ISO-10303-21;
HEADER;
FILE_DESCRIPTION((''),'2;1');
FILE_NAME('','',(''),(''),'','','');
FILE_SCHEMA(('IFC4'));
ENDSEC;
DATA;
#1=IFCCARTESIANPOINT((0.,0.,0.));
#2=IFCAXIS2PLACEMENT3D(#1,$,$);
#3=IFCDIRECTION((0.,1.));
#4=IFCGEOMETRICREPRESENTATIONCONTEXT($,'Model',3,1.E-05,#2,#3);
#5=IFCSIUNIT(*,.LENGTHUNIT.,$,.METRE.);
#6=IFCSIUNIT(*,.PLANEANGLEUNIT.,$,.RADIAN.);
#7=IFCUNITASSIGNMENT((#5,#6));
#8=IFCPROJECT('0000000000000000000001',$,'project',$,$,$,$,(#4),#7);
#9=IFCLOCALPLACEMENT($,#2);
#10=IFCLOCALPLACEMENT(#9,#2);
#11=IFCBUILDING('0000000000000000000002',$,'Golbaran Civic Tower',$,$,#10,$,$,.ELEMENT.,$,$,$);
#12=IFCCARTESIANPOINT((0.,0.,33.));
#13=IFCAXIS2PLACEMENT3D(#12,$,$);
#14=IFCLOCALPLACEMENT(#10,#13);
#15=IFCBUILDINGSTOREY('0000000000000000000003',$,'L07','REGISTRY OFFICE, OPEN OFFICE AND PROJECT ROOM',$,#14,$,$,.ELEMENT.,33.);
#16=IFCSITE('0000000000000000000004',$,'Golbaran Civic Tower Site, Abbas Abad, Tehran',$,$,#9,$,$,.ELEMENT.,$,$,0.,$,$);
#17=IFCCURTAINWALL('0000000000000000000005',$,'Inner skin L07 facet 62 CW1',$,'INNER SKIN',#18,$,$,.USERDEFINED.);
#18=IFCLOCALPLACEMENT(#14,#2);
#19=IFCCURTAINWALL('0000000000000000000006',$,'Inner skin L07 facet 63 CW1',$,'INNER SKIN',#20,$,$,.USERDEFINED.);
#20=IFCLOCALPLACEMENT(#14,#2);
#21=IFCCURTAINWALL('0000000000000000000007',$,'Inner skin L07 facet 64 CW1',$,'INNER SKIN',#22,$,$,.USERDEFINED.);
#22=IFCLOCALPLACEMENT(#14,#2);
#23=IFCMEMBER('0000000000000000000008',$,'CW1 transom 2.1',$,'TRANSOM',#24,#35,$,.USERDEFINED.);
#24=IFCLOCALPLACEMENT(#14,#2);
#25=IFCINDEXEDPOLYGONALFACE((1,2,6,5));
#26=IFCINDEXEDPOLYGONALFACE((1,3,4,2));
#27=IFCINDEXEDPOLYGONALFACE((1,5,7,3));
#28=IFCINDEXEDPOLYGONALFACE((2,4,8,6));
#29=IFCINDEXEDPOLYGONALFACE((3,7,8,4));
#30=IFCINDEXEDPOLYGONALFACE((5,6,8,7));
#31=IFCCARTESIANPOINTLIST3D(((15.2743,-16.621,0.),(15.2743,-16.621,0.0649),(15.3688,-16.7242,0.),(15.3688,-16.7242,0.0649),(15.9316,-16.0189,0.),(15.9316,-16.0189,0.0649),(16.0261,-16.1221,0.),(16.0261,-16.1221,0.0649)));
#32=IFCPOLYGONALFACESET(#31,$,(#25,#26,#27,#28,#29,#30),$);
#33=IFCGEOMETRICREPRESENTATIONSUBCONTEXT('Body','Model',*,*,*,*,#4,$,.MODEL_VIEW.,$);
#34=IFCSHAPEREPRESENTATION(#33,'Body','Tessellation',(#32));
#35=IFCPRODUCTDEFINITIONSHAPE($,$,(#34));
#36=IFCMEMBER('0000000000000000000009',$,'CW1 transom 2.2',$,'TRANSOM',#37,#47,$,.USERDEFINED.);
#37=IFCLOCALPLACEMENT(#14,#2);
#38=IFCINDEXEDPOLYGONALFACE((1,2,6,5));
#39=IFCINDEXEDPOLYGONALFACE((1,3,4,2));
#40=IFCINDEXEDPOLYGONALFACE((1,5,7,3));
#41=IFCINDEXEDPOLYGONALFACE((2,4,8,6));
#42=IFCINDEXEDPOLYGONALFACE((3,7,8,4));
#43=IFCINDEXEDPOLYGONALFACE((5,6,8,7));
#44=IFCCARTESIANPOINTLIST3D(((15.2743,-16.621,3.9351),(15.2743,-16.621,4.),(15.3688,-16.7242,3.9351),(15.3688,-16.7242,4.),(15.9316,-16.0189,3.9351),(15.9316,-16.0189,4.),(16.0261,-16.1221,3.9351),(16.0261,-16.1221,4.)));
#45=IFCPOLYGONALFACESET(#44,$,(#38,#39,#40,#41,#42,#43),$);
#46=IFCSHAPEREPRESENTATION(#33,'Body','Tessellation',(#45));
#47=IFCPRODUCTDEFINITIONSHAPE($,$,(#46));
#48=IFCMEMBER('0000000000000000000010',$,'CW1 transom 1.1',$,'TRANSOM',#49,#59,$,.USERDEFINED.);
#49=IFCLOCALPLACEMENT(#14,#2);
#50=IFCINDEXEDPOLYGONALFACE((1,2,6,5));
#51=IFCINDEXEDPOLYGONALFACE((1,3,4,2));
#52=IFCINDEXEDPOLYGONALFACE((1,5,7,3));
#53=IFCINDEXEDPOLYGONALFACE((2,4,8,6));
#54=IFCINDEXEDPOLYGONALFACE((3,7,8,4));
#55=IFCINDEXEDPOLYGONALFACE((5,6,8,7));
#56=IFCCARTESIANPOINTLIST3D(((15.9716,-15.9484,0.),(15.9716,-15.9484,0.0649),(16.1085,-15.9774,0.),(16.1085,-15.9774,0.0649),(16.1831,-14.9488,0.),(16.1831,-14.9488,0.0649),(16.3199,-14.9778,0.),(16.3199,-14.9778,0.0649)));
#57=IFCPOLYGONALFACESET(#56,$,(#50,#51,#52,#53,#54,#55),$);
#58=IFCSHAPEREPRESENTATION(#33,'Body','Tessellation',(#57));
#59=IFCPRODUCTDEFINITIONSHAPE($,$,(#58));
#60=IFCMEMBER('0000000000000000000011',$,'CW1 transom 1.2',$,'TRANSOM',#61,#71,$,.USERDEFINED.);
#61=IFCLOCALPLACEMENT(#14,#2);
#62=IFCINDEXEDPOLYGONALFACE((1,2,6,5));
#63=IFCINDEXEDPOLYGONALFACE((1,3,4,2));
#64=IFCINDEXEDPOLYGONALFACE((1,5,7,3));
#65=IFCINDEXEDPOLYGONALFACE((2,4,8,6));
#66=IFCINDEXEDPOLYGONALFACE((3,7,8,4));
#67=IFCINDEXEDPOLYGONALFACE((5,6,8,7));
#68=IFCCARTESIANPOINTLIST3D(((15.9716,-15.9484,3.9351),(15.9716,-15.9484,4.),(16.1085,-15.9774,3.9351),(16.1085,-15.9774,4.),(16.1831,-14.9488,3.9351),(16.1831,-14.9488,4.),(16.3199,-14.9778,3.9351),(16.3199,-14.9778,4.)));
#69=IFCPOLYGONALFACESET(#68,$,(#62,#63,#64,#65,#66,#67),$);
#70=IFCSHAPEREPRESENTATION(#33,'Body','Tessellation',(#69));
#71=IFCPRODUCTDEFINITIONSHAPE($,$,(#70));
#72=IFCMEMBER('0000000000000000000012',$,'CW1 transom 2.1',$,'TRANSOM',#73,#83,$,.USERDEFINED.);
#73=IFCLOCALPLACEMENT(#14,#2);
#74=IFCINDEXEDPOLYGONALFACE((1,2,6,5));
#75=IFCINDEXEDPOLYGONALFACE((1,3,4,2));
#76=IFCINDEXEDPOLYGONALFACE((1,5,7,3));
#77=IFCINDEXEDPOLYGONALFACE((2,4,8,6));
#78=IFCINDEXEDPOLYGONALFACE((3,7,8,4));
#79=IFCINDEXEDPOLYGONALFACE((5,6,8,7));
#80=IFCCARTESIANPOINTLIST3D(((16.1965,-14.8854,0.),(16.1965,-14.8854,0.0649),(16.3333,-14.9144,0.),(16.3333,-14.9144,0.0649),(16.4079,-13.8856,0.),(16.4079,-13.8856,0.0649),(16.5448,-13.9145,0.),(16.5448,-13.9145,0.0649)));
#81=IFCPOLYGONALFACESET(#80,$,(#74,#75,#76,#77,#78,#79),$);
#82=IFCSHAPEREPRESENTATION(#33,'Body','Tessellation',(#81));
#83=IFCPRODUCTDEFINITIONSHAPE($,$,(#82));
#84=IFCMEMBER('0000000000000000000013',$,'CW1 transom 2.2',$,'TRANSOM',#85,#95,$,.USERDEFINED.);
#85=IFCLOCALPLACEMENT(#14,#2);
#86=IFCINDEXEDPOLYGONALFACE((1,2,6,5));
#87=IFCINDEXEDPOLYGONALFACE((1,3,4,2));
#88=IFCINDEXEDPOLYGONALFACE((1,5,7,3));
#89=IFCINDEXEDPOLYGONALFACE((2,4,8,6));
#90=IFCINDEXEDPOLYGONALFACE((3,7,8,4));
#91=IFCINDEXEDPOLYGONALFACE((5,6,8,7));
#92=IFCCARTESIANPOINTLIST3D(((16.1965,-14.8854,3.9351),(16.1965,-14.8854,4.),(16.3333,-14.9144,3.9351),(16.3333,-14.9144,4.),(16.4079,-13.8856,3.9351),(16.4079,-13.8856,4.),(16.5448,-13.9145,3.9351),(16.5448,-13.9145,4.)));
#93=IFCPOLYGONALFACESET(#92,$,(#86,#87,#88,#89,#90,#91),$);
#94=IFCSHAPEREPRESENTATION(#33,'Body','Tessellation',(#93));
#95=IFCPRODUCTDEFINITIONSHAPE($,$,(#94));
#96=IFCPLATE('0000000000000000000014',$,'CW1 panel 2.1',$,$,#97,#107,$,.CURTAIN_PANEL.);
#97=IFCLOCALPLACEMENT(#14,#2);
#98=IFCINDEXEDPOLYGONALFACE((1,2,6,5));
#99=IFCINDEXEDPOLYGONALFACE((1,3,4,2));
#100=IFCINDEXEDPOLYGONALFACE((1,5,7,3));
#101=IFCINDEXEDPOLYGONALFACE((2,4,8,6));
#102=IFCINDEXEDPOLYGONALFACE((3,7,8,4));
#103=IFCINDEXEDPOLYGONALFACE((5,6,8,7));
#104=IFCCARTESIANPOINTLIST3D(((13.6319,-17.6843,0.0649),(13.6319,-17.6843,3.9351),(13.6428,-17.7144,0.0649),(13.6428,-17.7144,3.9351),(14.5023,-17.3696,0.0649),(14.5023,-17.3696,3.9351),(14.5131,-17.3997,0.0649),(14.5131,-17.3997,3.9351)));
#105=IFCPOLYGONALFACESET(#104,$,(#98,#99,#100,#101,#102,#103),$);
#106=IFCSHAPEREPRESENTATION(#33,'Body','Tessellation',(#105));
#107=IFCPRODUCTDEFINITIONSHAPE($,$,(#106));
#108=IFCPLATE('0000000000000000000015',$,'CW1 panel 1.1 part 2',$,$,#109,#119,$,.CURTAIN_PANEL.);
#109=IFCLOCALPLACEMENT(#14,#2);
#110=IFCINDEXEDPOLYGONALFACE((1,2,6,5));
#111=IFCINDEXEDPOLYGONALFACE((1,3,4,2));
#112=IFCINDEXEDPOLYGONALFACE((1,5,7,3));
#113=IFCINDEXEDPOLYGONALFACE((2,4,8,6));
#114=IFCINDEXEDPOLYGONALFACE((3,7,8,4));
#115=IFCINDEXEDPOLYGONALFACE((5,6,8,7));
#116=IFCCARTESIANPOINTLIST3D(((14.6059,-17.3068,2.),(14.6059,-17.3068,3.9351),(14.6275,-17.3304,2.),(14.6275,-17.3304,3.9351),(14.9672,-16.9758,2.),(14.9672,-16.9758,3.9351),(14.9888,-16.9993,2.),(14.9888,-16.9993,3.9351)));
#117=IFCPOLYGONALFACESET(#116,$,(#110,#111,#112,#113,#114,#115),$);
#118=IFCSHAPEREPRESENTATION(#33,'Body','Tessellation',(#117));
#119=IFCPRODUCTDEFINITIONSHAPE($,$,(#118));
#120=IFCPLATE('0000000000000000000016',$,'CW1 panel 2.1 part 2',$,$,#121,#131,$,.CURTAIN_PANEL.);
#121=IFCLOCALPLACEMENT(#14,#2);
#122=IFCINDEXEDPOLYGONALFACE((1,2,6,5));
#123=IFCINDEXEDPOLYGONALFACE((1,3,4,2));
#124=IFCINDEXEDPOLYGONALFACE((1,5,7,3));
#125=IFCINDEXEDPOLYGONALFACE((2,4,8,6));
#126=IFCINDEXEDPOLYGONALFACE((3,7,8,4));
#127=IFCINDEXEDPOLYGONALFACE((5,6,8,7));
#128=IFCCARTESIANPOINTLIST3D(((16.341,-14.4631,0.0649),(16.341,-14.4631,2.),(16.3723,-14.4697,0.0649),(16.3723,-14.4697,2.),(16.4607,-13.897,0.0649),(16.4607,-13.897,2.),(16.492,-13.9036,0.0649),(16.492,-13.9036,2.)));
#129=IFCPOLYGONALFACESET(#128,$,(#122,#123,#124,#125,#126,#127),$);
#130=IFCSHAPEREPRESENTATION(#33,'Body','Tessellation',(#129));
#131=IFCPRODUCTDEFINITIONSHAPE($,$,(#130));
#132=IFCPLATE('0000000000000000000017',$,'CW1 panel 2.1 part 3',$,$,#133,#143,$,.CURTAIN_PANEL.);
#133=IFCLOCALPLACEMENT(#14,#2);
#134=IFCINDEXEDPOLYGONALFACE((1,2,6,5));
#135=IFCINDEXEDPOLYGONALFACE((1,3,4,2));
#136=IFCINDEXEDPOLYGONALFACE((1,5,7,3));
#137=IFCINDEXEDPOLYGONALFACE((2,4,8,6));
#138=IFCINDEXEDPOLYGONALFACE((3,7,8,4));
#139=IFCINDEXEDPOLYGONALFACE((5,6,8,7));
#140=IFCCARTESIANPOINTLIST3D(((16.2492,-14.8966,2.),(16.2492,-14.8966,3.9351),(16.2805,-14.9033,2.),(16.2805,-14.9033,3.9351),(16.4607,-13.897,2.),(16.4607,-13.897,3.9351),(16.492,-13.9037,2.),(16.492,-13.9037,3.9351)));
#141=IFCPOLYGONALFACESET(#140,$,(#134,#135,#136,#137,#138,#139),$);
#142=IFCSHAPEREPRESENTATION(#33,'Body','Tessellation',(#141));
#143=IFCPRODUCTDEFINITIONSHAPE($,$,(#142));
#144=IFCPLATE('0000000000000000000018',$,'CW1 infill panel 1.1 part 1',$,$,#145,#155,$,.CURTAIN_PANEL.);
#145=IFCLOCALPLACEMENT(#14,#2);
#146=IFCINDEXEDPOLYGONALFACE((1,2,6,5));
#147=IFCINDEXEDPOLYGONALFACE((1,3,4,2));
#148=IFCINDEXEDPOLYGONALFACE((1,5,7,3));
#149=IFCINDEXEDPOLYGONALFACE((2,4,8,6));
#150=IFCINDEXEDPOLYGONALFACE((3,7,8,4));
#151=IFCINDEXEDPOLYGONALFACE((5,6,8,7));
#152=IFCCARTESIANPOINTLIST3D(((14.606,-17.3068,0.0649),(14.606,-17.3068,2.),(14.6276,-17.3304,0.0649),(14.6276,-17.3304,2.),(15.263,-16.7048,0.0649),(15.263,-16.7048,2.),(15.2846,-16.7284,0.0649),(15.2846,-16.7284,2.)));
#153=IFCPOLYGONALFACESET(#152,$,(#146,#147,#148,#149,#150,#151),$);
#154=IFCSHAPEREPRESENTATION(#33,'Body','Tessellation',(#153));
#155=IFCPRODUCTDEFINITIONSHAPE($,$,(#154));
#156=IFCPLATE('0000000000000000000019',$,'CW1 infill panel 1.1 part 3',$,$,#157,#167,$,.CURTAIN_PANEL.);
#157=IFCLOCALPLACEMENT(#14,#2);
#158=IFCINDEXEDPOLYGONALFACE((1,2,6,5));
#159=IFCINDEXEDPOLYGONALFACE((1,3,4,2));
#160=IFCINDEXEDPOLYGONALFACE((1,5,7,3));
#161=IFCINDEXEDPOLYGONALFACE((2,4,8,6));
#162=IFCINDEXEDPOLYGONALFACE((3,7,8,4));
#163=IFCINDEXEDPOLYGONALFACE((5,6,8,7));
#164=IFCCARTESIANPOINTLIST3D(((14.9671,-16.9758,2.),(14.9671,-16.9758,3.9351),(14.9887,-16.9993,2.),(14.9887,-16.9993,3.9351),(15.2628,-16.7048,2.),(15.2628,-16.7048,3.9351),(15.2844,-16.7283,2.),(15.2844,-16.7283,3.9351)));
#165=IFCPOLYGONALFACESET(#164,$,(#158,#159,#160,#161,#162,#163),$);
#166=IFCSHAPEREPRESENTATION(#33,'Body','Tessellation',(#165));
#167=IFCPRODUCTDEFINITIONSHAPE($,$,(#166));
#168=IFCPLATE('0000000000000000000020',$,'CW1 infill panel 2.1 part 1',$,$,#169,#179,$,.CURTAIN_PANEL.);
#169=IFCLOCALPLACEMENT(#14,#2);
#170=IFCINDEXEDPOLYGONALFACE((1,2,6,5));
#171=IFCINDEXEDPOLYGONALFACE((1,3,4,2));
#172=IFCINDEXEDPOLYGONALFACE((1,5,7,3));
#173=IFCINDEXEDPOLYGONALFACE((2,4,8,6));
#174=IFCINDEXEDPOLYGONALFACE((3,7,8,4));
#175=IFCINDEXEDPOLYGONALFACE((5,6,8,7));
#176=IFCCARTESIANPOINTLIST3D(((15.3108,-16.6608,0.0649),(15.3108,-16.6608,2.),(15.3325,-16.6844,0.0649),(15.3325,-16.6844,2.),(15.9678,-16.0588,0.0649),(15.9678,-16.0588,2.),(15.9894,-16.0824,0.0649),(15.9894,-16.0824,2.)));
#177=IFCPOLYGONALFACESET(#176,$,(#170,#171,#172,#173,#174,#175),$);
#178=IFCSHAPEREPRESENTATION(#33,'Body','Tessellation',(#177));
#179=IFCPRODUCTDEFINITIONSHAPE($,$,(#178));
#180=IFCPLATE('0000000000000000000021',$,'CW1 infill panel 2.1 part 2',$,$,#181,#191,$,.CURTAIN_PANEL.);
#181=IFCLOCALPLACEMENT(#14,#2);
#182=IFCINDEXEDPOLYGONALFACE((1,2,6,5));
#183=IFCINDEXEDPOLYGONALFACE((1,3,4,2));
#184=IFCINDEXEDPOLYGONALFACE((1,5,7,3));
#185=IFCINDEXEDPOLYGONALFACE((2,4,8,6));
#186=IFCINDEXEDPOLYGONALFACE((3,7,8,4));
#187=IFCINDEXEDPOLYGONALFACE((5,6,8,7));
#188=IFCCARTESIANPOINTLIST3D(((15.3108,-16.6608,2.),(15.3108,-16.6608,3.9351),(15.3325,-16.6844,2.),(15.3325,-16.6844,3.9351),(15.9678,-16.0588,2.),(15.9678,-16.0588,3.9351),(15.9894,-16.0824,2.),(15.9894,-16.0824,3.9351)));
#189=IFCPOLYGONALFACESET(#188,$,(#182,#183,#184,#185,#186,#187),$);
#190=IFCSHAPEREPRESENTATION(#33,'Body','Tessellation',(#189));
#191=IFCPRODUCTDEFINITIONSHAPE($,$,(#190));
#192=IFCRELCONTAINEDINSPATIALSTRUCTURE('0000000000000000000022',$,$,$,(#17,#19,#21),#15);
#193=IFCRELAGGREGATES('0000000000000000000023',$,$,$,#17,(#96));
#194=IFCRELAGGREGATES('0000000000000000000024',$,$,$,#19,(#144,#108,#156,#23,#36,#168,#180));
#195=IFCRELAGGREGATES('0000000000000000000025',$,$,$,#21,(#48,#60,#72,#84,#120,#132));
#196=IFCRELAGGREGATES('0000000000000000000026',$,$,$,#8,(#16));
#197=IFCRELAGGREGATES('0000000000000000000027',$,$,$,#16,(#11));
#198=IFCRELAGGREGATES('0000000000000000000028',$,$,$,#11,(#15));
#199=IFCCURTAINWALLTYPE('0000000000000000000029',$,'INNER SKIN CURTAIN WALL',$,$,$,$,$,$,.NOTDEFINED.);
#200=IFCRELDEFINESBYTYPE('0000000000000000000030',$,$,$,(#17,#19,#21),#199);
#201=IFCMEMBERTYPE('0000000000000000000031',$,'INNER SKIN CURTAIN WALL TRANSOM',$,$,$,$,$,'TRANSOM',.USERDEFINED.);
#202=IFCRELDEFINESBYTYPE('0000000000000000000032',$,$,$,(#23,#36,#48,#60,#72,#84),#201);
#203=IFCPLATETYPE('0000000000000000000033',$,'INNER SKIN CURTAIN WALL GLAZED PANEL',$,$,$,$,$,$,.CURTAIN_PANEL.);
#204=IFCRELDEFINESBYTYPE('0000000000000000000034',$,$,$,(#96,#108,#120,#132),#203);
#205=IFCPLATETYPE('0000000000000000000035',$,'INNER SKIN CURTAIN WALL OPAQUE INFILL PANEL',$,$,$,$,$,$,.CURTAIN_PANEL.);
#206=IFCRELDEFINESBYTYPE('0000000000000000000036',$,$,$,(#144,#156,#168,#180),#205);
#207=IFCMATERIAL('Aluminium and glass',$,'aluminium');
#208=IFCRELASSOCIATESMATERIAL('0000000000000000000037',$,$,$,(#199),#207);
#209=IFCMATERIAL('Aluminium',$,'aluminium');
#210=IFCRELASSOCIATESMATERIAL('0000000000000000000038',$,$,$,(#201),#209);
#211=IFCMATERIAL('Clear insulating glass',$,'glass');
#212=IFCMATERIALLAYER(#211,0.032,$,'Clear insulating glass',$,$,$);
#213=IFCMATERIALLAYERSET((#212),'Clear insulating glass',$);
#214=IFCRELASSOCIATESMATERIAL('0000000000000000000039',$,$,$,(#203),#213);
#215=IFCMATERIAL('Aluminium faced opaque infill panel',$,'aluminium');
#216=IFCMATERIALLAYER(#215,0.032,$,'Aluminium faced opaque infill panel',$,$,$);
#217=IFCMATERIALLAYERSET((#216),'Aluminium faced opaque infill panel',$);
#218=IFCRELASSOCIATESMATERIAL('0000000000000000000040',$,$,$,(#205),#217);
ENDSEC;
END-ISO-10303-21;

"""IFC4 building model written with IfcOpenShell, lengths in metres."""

from ifc_helpers import new_model, si_unit, direction, frame, origin, origin_2d, place, context, subcontext, project, spatial, rectangle, extrude, material, layer, layer_set, material_profile, profile_set, type_object, element, aggregate, save


model = new_model("IFC4")

# Units and contexts
model_context = context("Model", 3, precision=1e-05, world=origin(), true_north=direction((0.0, 1.0)))
body_context = subcontext(model_context, "Body", "Model", "MODEL_VIEW")
ifc_project = project(units=[si_unit("LENGTHUNIT", "METRE"), si_unit("PLANEANGLEUNIT", "RADIAN")], contexts=[model_context])

# Site, building, storey
site_placement = place(None, origin())
site = spatial("IfcSite", under=ifc_project, at=site_placement, Name="Golbaran Civic Tower Site, Abbas Abad, Tehran", CompositionType="ELEMENT", RefElevation=0.0)
building_placement = place(site_placement, origin())
building = spatial("IfcBuilding", under=site, at=building_placement, Name="Golbaran Civic Tower", CompositionType="ELEMENT")
storey_placement = place(building_placement, frame((0.0, 0.0, 33.0)))
storey = spatial("IfcBuildingStorey", under=building, at=storey_placement, Name="L07", Description="REGISTRY OFFICE, OPEN OFFICE AND PROJECT ROOM", CompositionType="ELEMENT", Elevation=33.0)

# Curtain walls
ifc_material_1 = material(Name="Aluminium and glass", Category="aluminium")
curtain_wall_type = type_object("IfcCurtainWallType", Name="INNER SKIN CURTAIN WALL", PredefinedType="NOTDEFINED", material=ifc_material_1)
curtain_wall_1_placement = place(storey_placement, origin())
curtain_wall_1 = element("IfcCurtainWall", 1, at=curtain_wall_1_placement, inside=storey, type_object=curtain_wall_type, Name="Inner skin L07 facet 62 CW1", ObjectType="INNER SKIN", PredefinedType="USERDEFINED")
ifc_material_2 = material(Name="Aluminium", Category="aluminium")
curtain_wall_2_placement = place(storey_placement, origin())
curtain_wall_2 = element("IfcCurtainWall", 2, at=curtain_wall_2_placement, inside=storey, type_object=curtain_wall_type, Name="Inner skin L07 facet 63 CW1", ObjectType="INNER SKIN", PredefinedType="USERDEFINED")
curtain_wall_3_placement = place(storey_placement, origin())
curtain_wall_3 = element("IfcCurtainWall", 3, at=curtain_wall_3_placement, inside=storey, type_object=curtain_wall_type, Name="Inner skin L07 facet 64 CW1", ObjectType="INNER SKIN", PredefinedType="USERDEFINED")

# Members
ifc_material_profile_1 = material_profile(ifc_material_2, rectangle(XDim=0.1399, YDim=0.0649, at=origin_2d()), Name="INNER SKIN CURTAIN WALL TRANSOM")
ifc_profile_set_1 = profile_set([ifc_material_profile_1], Name="Aluminium")
member_type_1 = type_object("IfcMemberType", Name="INNER SKIN CURTAIN WALL TRANSOM", ElementType="TRANSOM", PredefinedType="USERDEFINED", material=ifc_profile_set_1)
member_1_placement = place(storey_placement, frame((15.3215, -16.6726, 0.0325), z_axis=(0.737382, 0.675477, 0.0), x_axis=(-0.675477, 0.737382, 0.0)))
member_1 = element("IfcMember", 4, at=member_1_placement, type_object=member_type_1, Name="CW1 transom 2.1", ObjectType="TRANSOM", PredefinedType="USERDEFINED", context=body_context, shape_type="SweptSolid", body=[
    extrude(rectangle(XDim=0.1399, YDim=0.0649, at=origin_2d()), origin(), (0.0, 0.0, 1.0), 0.8914),
])
member_2_placement = place(storey_placement, frame((15.3215, -16.6726, 3.9675), z_axis=(0.737382, 0.675477, 0.0), x_axis=(-0.675477, 0.737382, 0.0)))
member_2 = element("IfcMember", 5, at=member_2_placement, type_object=member_type_1, Name="CW1 transom 2.2", ObjectType="TRANSOM", PredefinedType="USERDEFINED", context=body_context, shape_type="SweptSolid", body=[
    extrude(rectangle(XDim=0.1399, YDim=0.0649, at=origin_2d()), origin(), (0.0, 0.0, 1.0), 0.8914),
])
member_3_placement = place(storey_placement, frame((16.04, -15.9629, 0.0325), z_axis=(0.20695, 0.978352, 0.0), x_axis=(-0.978352, 0.20695, 0.0)))
member_3 = element("IfcMember", 6, at=member_3_placement, type_object=member_type_1, Name="CW1 transom 1.1", ObjectType="TRANSOM", PredefinedType="USERDEFINED", context=body_context, shape_type="SweptSolid", body=[
    extrude(rectangle(XDim=0.1399, YDim=0.0649, at=origin_2d()), origin(), (0.0, 0.0, 1.0), 1.0217),
])
member_4_placement = place(storey_placement, frame((16.04, -15.9629, 3.9675), z_axis=(0.20695, 0.978352, 0.0), x_axis=(-0.978352, 0.20695, 0.0)))
member_4 = element("IfcMember", 7, at=member_4_placement, type_object=member_type_1, Name="CW1 transom 1.2", ObjectType="TRANSOM", PredefinedType="USERDEFINED", context=body_context, shape_type="SweptSolid", body=[
    extrude(rectangle(XDim=0.1399, YDim=0.0649, at=origin_2d()), origin(), (0.0, 0.0, 1.0), 1.0217),
])
member_5_placement = place(storey_placement, frame((16.2649, -14.8999, 0.0325), z_axis=(0.206901, 0.978362, 0.0), x_axis=(-0.978362, 0.206901, 0.0)))
member_5 = element("IfcMember", 8, at=member_5_placement, type_object=member_type_1, Name="CW1 transom 2.1", ObjectType="TRANSOM", PredefinedType="USERDEFINED", context=body_context, shape_type="SweptSolid", body=[
    extrude(rectangle(XDim=0.1399, YDim=0.0649, at=origin_2d()), origin(), (0.0, 0.0, 1.0), 1.022),
])
member_6_placement = place(storey_placement, frame((16.2649, -14.8999, 3.9675), z_axis=(0.206901, 0.978362, 0.0), x_axis=(-0.978362, 0.206901, 0.0)))
member_6 = element("IfcMember", 9, at=member_6_placement, type_object=member_type_1, Name="CW1 transom 2.2", ObjectType="TRANSOM", PredefinedType="USERDEFINED", context=body_context, shape_type="SweptSolid", body=[
    extrude(rectangle(XDim=0.1399, YDim=0.0649, at=origin_2d()), origin(), (0.0, 0.0, 1.0), 1.022),
])

# Plates
ifc_material_3 = material(Name="Clear insulating glass", Category="glass")
ifc_layer_1 = layer(ifc_material_3, 0.032, Name="Clear insulating glass")
ifc_layer_set_1 = layer_set([ifc_layer_1], Name="Clear insulating glass")
plate_type_1 = type_object("IfcPlateType", Name="INNER SKIN CURTAIN WALL GLAZED PANEL", PredefinedType="CURTAIN_PANEL", material=ifc_layer_set_1)
plate_1_placement = place(storey_placement, frame((14.0725, -17.542, 0.0649), z_axis=(0.0, 0.0, 1.0), x_axis=(0.940409, 0.340045, 0.0)))
plate_1 = element("IfcPlate", 10, at=plate_1_placement, type_object=plate_type_1, Name="CW1 panel 2.1", PredefinedType="CURTAIN_PANEL", context=body_context, shape_type="SweptSolid", body=[
    extrude(rectangle(XDim=0.9255, YDim=0.032, at=origin_2d()), origin(), (0.0, 0.0, 1.0), 3.8701),
])
aggregate(curtain_wall_1, [plate_1])
plate_2_placement = place(storey_placement, frame((14.7974, -17.1531, 2.0), z_axis=(0.0, 0.0, 1.0), x_axis=(0.737277, 0.67559, 0.0)))
plate_2 = element("IfcPlate", 11, at=plate_2_placement, type_object=plate_type_1, Name="CW1 panel 1.1 part 2", PredefinedType="CURTAIN_PANEL", context=body_context, shape_type="SweptSolid", body=[
    extrude(rectangle(XDim=0.49, YDim=0.032, at=origin_2d()), origin(), (0.0, 0.0, 1.0), 1.9351),
])
plate_3_placement = place(storey_placement, frame((16.4165, -14.1833, 0.0649), z_axis=(0.0, 0.0, 1.0), x_axis=(0.206977, 0.978346, 0.0)))
plate_3 = element("IfcPlate", 12, at=plate_3_placement, type_object=plate_type_1, Name="CW1 panel 2.1 part 2", PredefinedType="CURTAIN_PANEL", context=body_context, shape_type="SweptSolid", body=[
    extrude(rectangle(XDim=0.5786, YDim=0.032, at=origin_2d()), origin(), (0.0, 0.0, 1.0), 1.9351),
])
plate_4_placement = place(storey_placement, frame((16.3706, -14.4001, 2.0), z_axis=(0.0, 0.0, 1.0), x_axis=(0.206977, 0.978346, 0.0)))
plate_4 = element("IfcPlate", 13, at=plate_4_placement, type_object=plate_type_1, Name="CW1 panel 2.1 part 3", PredefinedType="CURTAIN_PANEL", context=body_context, shape_type="SweptSolid", body=[
    extrude(rectangle(XDim=1.0217, YDim=0.032, at=origin_2d()), origin(), (0.0, 0.0, 1.0), 1.9351),
])
ifc_material_4 = material(Name="Aluminium faced opaque infill panel", Category="aluminium")
ifc_layer_2 = layer(ifc_material_4, 0.032, Name="Aluminium faced opaque infill panel")
ifc_layer_set_2 = layer_set([ifc_layer_2], Name="Aluminium faced opaque infill panel")
plate_type_2 = type_object("IfcPlateType", Name="INNER SKIN CURTAIN WALL OPAQUE INFILL PANEL", PredefinedType="CURTAIN_PANEL", material=ifc_layer_set_2)
plate_5_placement = place(storey_placement, frame((14.9453, -17.0176, 0.0649), z_axis=(0.0, 0.0, 1.0), x_axis=(0.737277, 0.67559, 0.0)))
plate_5 = element("IfcPlate", 14, at=plate_5_placement, type_object=plate_type_2, Name="CW1 infill panel 1.1 part 1", PredefinedType="CURTAIN_PANEL", context=body_context, shape_type="SweptSolid", body=[
    extrude(rectangle(XDim=0.8911, YDim=0.032, at=origin_2d()), origin(), (0.0, 0.0, 1.0), 1.9351),
])
plate_6_placement = place(storey_placement, frame((15.1257, -16.8521, 2.0), z_axis=(0.0, 0.0, 1.0), x_axis=(0.737277, 0.67559, 0.0)))
plate_6 = element("IfcPlate", 15, at=plate_6_placement, type_object=plate_type_2, Name="CW1 infill panel 1.1 part 3", PredefinedType="CURTAIN_PANEL", context=body_context, shape_type="SweptSolid", body=[
    extrude(rectangle(XDim=0.4011, YDim=0.032, at=origin_2d()), origin(), (0.0, 0.0, 1.0), 1.9351),
])
plate_7_placement = place(storey_placement, frame((15.6501, -16.3716, 0.0649), z_axis=(0.0, 0.0, 1.0), x_axis=(0.737277, 0.67559, 0.0)))
plate_7 = element("IfcPlate", 16, at=plate_7_placement, type_object=plate_type_2, Name="CW1 infill panel 2.1 part 1", PredefinedType="CURTAIN_PANEL", context=body_context, shape_type="SweptSolid", body=[
    extrude(rectangle(XDim=0.8911, YDim=0.032, at=origin_2d()), origin(), (0.0, 0.0, 1.0), 1.9351),
])
plate_8_placement = place(storey_placement, frame((15.6501, -16.3716, 2.0), z_axis=(0.0, 0.0, 1.0), x_axis=(0.737277, 0.67559, 0.0)))
plate_8 = element("IfcPlate", 17, at=plate_8_placement, type_object=plate_type_2, Name="CW1 infill panel 2.1 part 2", PredefinedType="CURTAIN_PANEL", context=body_context, shape_type="SweptSolid", body=[
    extrude(rectangle(XDim=0.8911, YDim=0.032, at=origin_2d()), origin(), (0.0, 0.0, 1.0), 1.9351),
])
aggregate(curtain_wall_2, [plate_5, plate_2, plate_6, member_1, member_2, plate_7, plate_8])
aggregate(curtain_wall_3, [member_3, member_4, member_5, member_6, plate_3, plate_4])

save(model, "model.ifc")
